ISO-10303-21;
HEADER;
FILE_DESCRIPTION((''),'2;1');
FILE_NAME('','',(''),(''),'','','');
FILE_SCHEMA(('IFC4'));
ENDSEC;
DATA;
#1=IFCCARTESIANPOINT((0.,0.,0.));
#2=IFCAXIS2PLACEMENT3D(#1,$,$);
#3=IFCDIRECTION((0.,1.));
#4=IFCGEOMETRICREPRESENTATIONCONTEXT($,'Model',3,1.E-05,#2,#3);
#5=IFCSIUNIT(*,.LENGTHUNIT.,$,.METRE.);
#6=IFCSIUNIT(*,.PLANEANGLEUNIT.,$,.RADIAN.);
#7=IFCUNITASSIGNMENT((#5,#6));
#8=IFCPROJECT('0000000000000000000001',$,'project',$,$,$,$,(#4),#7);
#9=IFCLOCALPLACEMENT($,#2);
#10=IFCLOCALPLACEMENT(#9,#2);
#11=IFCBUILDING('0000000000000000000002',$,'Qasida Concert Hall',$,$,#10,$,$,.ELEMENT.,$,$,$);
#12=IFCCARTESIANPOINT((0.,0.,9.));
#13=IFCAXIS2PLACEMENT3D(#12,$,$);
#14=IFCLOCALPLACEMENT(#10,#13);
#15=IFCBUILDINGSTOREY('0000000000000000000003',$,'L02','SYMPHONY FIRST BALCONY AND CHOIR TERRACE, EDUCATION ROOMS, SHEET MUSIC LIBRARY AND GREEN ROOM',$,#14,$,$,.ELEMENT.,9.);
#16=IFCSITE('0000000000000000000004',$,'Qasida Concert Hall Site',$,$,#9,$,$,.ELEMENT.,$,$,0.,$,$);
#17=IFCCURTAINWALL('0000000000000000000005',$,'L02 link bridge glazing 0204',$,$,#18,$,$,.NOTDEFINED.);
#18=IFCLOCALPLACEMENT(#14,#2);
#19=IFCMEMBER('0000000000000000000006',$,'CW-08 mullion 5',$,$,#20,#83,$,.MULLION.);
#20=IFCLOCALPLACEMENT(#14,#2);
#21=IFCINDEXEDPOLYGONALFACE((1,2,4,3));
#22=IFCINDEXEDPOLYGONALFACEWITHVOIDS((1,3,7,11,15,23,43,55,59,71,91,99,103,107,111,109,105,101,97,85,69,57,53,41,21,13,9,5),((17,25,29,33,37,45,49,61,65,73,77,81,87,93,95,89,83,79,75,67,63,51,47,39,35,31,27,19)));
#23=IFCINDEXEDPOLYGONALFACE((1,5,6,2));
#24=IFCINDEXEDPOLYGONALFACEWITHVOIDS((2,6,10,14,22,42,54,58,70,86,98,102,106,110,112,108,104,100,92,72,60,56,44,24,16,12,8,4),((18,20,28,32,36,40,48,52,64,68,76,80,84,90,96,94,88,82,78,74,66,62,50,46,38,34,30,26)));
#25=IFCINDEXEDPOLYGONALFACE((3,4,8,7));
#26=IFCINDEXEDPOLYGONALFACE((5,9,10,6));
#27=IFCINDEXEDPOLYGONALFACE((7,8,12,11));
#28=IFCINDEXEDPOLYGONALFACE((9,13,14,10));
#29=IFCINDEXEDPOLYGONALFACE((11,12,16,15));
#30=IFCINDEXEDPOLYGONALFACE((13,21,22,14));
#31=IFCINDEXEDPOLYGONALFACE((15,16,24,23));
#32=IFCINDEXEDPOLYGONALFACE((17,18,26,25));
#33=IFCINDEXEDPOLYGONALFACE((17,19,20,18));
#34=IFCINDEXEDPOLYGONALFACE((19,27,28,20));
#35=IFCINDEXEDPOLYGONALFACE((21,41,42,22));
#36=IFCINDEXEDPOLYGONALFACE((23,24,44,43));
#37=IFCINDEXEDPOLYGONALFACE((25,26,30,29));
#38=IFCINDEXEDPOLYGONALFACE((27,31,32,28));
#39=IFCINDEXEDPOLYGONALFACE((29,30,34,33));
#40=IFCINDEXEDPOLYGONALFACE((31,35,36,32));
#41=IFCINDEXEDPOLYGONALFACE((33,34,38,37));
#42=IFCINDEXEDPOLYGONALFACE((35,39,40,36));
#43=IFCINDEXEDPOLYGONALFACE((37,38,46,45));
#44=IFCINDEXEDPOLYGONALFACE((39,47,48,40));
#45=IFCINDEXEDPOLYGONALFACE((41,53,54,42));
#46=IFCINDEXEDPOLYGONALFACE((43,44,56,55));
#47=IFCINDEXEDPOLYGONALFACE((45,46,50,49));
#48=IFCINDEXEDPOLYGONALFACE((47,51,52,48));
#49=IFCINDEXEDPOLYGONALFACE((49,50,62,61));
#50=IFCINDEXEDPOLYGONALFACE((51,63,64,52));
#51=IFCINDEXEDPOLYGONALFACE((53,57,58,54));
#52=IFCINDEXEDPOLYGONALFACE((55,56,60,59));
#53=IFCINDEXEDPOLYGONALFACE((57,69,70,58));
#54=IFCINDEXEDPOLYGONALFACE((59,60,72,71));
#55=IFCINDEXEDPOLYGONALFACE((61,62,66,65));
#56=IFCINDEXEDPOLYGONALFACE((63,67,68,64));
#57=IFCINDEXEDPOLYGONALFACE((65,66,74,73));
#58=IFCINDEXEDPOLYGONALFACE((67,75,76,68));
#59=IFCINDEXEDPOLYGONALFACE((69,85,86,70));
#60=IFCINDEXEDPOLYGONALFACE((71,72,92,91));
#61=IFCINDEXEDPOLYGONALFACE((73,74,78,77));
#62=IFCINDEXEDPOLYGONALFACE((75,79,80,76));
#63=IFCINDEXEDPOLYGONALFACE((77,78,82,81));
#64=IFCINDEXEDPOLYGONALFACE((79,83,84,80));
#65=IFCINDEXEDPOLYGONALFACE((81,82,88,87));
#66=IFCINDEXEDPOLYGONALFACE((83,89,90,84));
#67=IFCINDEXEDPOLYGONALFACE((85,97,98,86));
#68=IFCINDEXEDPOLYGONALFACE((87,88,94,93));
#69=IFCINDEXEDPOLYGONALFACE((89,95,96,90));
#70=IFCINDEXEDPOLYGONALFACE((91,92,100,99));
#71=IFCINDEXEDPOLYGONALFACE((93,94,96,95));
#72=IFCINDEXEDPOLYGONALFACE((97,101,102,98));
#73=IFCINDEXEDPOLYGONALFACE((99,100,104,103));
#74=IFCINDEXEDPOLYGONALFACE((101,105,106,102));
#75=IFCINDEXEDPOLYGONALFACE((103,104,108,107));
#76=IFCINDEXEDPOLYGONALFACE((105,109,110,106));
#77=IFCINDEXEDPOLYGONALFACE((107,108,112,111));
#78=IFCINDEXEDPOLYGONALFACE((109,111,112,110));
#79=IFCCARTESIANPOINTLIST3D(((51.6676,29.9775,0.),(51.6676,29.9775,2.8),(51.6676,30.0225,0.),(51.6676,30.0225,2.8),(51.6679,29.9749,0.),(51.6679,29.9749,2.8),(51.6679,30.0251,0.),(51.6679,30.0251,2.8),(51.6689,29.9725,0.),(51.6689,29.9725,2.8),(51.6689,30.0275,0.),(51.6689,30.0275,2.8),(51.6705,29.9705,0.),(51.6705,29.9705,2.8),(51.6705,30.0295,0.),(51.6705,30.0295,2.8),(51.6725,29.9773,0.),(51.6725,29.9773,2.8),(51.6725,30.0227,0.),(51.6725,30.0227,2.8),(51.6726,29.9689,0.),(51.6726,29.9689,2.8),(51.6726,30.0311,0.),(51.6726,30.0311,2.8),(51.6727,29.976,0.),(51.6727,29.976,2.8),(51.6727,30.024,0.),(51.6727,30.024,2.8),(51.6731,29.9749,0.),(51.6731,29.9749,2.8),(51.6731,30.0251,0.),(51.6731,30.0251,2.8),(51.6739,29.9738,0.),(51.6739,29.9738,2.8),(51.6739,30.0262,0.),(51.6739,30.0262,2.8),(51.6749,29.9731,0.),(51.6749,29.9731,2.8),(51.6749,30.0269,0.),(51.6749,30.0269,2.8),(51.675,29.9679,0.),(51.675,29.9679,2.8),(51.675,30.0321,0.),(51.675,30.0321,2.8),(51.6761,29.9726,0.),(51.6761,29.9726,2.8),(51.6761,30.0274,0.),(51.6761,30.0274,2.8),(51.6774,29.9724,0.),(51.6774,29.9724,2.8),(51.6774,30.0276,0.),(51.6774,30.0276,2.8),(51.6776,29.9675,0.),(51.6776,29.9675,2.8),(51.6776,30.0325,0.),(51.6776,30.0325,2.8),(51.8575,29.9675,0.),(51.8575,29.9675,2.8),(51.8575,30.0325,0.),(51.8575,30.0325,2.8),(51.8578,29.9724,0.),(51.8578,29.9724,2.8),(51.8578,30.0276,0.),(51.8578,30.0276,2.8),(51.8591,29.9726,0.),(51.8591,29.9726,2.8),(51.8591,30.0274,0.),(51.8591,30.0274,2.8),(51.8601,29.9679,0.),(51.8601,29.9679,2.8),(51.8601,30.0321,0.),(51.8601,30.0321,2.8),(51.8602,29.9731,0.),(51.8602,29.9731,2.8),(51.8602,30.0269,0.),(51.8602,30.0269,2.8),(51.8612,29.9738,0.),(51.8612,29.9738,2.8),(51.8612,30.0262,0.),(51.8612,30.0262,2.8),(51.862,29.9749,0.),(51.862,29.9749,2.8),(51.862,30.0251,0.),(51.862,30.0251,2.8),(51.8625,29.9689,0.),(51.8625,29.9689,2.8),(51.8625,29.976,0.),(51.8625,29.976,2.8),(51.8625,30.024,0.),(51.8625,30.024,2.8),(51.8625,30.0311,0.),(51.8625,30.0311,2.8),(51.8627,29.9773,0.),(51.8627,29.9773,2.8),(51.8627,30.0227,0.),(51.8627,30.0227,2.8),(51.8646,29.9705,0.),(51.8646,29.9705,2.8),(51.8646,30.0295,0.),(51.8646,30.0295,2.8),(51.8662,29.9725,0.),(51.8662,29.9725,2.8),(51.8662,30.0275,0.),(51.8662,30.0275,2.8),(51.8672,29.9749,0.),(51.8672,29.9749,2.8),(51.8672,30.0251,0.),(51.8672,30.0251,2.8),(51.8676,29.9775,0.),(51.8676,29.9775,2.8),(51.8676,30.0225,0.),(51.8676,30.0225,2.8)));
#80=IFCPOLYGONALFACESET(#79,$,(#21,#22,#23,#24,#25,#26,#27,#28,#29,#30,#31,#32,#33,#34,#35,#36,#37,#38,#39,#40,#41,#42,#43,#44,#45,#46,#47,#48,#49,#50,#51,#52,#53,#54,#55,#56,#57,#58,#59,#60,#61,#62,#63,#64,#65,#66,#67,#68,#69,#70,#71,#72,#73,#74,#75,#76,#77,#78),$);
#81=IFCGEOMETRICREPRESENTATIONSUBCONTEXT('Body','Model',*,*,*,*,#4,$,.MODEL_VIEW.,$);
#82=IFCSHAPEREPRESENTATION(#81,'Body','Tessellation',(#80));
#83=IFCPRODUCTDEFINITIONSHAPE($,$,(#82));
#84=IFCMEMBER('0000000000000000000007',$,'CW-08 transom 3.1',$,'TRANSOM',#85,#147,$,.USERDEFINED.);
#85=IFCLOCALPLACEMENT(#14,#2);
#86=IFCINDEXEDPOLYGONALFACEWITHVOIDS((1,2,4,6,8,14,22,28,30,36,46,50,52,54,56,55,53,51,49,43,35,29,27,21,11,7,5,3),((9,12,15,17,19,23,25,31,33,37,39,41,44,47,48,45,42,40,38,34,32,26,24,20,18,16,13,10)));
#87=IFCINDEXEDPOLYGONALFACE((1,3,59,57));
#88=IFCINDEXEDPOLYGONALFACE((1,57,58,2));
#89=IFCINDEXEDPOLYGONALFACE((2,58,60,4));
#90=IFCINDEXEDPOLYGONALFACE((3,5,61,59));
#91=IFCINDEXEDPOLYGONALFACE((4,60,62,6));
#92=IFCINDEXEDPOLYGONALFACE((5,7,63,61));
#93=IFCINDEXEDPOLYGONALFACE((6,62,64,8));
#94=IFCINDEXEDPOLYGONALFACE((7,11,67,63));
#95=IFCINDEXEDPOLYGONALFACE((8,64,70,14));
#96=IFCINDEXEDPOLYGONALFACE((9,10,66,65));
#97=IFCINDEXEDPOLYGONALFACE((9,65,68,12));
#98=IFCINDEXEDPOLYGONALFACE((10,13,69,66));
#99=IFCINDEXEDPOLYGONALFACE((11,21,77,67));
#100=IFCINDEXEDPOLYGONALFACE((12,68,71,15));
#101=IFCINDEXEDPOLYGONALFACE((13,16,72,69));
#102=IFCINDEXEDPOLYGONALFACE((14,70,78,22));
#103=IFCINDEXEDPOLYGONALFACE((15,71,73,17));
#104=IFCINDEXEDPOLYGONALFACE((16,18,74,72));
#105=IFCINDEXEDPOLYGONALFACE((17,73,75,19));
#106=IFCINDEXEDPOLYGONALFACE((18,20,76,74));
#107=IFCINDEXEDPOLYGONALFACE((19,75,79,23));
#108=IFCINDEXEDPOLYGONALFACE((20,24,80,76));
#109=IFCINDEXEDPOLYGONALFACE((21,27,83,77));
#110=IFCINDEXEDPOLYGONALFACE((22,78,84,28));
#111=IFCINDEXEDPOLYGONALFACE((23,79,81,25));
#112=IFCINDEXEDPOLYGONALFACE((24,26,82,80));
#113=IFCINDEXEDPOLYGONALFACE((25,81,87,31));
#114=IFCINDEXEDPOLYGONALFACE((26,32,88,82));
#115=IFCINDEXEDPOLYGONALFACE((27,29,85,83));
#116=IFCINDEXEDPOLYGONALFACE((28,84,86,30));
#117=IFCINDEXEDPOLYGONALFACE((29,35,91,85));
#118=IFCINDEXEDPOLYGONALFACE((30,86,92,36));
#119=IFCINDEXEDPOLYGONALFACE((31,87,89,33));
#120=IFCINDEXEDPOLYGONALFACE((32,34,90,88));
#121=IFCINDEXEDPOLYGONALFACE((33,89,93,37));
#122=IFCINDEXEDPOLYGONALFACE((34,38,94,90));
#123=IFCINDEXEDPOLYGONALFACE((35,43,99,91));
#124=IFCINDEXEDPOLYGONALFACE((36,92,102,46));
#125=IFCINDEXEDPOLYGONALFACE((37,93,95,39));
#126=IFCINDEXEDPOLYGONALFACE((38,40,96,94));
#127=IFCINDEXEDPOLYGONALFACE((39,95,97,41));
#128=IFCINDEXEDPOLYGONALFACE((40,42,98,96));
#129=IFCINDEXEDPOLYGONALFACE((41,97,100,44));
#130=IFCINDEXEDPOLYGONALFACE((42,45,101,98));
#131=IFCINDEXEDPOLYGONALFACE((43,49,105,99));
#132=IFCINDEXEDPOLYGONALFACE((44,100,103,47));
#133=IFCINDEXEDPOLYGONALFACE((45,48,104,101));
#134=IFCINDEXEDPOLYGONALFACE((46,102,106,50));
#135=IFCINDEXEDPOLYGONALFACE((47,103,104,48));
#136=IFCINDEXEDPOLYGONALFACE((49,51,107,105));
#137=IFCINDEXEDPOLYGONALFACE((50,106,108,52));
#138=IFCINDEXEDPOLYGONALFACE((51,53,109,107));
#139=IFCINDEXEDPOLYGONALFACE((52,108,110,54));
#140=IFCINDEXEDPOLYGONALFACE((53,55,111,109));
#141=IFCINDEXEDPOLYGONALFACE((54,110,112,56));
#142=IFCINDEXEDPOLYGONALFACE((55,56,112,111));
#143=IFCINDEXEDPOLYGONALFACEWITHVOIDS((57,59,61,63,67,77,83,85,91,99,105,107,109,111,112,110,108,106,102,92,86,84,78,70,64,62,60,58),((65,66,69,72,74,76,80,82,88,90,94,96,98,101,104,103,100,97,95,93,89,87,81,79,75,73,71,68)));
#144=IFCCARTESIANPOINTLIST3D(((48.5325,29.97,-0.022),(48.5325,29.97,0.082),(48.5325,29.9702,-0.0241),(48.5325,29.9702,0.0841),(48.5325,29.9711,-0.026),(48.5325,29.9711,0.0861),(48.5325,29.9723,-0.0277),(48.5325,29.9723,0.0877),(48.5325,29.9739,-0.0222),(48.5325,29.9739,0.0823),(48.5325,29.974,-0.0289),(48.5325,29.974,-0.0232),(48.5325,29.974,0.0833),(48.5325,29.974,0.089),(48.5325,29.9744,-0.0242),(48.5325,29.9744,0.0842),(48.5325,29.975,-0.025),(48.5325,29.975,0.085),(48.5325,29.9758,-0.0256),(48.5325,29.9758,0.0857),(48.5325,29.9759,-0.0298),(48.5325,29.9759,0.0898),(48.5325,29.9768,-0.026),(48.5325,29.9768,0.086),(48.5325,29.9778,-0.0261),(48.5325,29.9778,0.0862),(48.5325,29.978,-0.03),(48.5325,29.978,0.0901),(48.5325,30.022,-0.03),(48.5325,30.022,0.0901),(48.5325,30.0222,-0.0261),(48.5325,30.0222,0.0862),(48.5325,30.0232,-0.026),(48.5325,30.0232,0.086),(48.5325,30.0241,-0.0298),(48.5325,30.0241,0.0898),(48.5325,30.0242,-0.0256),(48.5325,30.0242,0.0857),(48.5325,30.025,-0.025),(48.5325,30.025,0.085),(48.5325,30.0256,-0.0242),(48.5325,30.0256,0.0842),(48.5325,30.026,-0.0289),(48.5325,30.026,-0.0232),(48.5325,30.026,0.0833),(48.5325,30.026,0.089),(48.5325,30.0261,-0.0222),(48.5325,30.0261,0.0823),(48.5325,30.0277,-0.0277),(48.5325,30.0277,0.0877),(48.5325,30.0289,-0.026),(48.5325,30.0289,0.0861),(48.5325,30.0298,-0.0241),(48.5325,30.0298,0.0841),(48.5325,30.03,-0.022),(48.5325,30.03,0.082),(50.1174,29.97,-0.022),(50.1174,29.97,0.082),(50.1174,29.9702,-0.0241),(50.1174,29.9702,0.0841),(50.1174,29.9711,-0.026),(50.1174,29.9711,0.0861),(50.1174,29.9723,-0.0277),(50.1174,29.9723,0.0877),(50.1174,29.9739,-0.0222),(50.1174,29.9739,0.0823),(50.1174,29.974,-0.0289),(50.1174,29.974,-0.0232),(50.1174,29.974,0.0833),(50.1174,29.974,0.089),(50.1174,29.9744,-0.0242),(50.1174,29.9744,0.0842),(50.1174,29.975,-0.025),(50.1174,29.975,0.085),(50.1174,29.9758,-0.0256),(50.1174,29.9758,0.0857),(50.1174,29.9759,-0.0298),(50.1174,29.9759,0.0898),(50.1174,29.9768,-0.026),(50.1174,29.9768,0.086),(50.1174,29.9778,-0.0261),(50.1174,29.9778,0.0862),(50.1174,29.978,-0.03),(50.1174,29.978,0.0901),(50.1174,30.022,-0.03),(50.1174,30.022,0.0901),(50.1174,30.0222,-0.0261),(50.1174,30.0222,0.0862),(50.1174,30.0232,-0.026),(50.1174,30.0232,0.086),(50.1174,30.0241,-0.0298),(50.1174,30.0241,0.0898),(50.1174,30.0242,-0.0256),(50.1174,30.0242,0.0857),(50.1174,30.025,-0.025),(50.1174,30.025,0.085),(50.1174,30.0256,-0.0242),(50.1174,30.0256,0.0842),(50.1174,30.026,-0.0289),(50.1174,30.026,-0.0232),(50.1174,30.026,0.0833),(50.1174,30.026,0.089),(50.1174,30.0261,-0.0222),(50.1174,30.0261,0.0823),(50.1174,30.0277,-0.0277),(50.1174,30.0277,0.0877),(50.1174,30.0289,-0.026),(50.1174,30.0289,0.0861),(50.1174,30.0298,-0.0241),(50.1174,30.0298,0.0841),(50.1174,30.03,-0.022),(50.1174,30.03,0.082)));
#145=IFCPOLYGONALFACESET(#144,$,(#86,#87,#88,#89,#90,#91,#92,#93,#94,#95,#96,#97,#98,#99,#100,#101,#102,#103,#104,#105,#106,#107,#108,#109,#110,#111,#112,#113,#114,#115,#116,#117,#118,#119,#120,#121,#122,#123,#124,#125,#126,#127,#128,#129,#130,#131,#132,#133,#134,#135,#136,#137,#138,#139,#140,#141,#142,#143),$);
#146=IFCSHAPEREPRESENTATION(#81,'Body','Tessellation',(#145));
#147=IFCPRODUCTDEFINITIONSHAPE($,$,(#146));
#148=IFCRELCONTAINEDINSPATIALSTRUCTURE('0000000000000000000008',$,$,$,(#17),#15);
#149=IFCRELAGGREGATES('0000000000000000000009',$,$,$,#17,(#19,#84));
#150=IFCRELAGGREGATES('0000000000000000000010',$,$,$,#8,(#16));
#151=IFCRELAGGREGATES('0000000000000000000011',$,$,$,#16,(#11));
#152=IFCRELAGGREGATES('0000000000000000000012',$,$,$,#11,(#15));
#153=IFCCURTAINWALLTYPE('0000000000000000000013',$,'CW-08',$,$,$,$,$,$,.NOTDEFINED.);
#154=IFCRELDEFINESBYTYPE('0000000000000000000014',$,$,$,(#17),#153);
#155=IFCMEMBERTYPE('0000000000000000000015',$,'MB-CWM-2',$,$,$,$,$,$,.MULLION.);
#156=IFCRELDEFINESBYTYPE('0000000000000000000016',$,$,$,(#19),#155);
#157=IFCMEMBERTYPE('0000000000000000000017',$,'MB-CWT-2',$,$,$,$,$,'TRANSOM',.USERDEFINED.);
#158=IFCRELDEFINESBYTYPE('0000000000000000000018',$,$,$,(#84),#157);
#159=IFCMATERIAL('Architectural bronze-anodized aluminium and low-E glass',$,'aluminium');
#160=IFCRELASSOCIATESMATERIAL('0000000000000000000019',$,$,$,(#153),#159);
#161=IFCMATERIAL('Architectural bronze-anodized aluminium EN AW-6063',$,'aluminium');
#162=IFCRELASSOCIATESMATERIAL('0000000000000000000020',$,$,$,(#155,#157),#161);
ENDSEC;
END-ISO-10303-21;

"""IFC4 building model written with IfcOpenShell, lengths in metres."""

from ifc_helpers import new_model, si_unit, direction, frame, origin, origin_2d, place, context, subcontext, project, spatial, hollow_rectangle, extrude, material, material_profile, profile_set, type_object, element, aggregate, save


model = new_model("IFC4")

# Units and contexts
model_context = context("Model", 3, precision=1e-05, world=origin(), true_north=direction((0.0, 1.0)))
body_context = subcontext(model_context, "Body", "Model", "MODEL_VIEW")
ifc_project = project(units=[si_unit("LENGTHUNIT", "METRE"), si_unit("PLANEANGLEUNIT", "RADIAN")], contexts=[model_context])

# Site, building, storey
site_placement = place(None, origin())
site = spatial("IfcSite", under=ifc_project, at=site_placement, Name="Qasida Concert Hall Site", CompositionType="ELEMENT", RefElevation=0.0)
building_placement = place(site_placement, origin())
building = spatial("IfcBuilding", under=site, at=building_placement, Name="Qasida Concert Hall", CompositionType="ELEMENT")
storey_placement = place(building_placement, frame((0.0, 0.0, 9.0)))
storey = spatial("IfcBuildingStorey", under=building, at=storey_placement, Name="L02", Description="SYMPHONY FIRST BALCONY AND CHOIR TERRACE, EDUCATION ROOMS, SHEET MUSIC LIBRARY AND GREEN ROOM", CompositionType="ELEMENT", Elevation=9.0)

# Curtain wall, members
ifc_material_1 = material(Name="Architectural bronze-anodized aluminium and low-E glass", Category="aluminium")
curtain_wall_type = type_object("IfcCurtainWallType", Name="CW-08", PredefinedType="NOTDEFINED", material=ifc_material_1)
curtain_wall_placement = place(storey_placement, origin())
curtain_wall = element("IfcCurtainWall", 1, at=curtain_wall_placement, inside=storey, type_object=curtain_wall_type, Name="L02 link bridge glazing 0204", PredefinedType="NOTDEFINED")
ifc_material_2 = material(Name="Architectural bronze-anodized aluminium EN AW-6063", Category="aluminium")
ifc_material_profile_1 = material_profile(ifc_material_2, hollow_rectangle(XDim=0.0649, YDim=0.2, WallThickness=0.0049, InnerFilletRadius=0.0049, OuterFilletRadius=0.01, at=origin_2d()), Name="CWM 200x65x5")
ifc_profile_set_1 = profile_set([ifc_material_profile_1], Name="Architectural bronze-anodized aluminium EN AW-6063")
member_type_1 = type_object("IfcMemberType", Name="MB-CWM-2", PredefinedType="MULLION", material=ifc_profile_set_1)
member_1_placement = place(storey_placement, frame((51.7676, 30.0, 0.0), z_axis=(0.0, 0.0, 1.0), x_axis=(0.0, 1.0, 0.0)))
member_1 = element("IfcMember", 2, at=member_1_placement, type_object=member_type_1, Name="CW-08 mullion 5", PredefinedType="MULLION", context=body_context, shape_type="SweptSolid", body=[
    extrude(hollow_rectangle(XDim=0.0649, YDim=0.2, WallThickness=0.0049, InnerFilletRadius=0.0049, OuterFilletRadius=0.01, at=origin_2d()), origin(), (0.0, 0.0, 1.0), 2.8),
])
ifc_material_profile_2 = material_profile(ifc_material_2, hollow_rectangle(XDim=0.0601, YDim=0.1201, WallThickness=0.0039, InnerFilletRadius=0.0039, OuterFilletRadius=0.0081, at=origin_2d()), Name="CWT 120x60x4")
ifc_profile_set_2 = profile_set([ifc_material_profile_2], Name="Architectural bronze-anodized aluminium EN AW-6063")
member_type_2 = type_object("IfcMemberType", Name="MB-CWT-2", ElementType="TRANSOM", PredefinedType="USERDEFINED", material=ifc_profile_set_2)
member_2_placement = place(storey_placement, frame((48.5325, 30.0, 0.03), z_axis=(1.0, 0.0, 0.0), x_axis=(0.0, 1.0, 0.0)))
member_2 = element("IfcMember", 3, at=member_2_placement, type_object=member_type_2, Name="CW-08 transom 3.1", ObjectType="TRANSOM", PredefinedType="USERDEFINED", context=body_context, shape_type="SweptSolid", body=[
    extrude(hollow_rectangle(XDim=0.0601, YDim=0.1201, WallThickness=0.0039, InnerFilletRadius=0.0039, OuterFilletRadius=0.0081, at=origin_2d()), origin(), (0.0, 0.0, 1.0), 1.585),
])
aggregate(curtain_wall, [member_1, member_2])

save(model, "model.ifc")
